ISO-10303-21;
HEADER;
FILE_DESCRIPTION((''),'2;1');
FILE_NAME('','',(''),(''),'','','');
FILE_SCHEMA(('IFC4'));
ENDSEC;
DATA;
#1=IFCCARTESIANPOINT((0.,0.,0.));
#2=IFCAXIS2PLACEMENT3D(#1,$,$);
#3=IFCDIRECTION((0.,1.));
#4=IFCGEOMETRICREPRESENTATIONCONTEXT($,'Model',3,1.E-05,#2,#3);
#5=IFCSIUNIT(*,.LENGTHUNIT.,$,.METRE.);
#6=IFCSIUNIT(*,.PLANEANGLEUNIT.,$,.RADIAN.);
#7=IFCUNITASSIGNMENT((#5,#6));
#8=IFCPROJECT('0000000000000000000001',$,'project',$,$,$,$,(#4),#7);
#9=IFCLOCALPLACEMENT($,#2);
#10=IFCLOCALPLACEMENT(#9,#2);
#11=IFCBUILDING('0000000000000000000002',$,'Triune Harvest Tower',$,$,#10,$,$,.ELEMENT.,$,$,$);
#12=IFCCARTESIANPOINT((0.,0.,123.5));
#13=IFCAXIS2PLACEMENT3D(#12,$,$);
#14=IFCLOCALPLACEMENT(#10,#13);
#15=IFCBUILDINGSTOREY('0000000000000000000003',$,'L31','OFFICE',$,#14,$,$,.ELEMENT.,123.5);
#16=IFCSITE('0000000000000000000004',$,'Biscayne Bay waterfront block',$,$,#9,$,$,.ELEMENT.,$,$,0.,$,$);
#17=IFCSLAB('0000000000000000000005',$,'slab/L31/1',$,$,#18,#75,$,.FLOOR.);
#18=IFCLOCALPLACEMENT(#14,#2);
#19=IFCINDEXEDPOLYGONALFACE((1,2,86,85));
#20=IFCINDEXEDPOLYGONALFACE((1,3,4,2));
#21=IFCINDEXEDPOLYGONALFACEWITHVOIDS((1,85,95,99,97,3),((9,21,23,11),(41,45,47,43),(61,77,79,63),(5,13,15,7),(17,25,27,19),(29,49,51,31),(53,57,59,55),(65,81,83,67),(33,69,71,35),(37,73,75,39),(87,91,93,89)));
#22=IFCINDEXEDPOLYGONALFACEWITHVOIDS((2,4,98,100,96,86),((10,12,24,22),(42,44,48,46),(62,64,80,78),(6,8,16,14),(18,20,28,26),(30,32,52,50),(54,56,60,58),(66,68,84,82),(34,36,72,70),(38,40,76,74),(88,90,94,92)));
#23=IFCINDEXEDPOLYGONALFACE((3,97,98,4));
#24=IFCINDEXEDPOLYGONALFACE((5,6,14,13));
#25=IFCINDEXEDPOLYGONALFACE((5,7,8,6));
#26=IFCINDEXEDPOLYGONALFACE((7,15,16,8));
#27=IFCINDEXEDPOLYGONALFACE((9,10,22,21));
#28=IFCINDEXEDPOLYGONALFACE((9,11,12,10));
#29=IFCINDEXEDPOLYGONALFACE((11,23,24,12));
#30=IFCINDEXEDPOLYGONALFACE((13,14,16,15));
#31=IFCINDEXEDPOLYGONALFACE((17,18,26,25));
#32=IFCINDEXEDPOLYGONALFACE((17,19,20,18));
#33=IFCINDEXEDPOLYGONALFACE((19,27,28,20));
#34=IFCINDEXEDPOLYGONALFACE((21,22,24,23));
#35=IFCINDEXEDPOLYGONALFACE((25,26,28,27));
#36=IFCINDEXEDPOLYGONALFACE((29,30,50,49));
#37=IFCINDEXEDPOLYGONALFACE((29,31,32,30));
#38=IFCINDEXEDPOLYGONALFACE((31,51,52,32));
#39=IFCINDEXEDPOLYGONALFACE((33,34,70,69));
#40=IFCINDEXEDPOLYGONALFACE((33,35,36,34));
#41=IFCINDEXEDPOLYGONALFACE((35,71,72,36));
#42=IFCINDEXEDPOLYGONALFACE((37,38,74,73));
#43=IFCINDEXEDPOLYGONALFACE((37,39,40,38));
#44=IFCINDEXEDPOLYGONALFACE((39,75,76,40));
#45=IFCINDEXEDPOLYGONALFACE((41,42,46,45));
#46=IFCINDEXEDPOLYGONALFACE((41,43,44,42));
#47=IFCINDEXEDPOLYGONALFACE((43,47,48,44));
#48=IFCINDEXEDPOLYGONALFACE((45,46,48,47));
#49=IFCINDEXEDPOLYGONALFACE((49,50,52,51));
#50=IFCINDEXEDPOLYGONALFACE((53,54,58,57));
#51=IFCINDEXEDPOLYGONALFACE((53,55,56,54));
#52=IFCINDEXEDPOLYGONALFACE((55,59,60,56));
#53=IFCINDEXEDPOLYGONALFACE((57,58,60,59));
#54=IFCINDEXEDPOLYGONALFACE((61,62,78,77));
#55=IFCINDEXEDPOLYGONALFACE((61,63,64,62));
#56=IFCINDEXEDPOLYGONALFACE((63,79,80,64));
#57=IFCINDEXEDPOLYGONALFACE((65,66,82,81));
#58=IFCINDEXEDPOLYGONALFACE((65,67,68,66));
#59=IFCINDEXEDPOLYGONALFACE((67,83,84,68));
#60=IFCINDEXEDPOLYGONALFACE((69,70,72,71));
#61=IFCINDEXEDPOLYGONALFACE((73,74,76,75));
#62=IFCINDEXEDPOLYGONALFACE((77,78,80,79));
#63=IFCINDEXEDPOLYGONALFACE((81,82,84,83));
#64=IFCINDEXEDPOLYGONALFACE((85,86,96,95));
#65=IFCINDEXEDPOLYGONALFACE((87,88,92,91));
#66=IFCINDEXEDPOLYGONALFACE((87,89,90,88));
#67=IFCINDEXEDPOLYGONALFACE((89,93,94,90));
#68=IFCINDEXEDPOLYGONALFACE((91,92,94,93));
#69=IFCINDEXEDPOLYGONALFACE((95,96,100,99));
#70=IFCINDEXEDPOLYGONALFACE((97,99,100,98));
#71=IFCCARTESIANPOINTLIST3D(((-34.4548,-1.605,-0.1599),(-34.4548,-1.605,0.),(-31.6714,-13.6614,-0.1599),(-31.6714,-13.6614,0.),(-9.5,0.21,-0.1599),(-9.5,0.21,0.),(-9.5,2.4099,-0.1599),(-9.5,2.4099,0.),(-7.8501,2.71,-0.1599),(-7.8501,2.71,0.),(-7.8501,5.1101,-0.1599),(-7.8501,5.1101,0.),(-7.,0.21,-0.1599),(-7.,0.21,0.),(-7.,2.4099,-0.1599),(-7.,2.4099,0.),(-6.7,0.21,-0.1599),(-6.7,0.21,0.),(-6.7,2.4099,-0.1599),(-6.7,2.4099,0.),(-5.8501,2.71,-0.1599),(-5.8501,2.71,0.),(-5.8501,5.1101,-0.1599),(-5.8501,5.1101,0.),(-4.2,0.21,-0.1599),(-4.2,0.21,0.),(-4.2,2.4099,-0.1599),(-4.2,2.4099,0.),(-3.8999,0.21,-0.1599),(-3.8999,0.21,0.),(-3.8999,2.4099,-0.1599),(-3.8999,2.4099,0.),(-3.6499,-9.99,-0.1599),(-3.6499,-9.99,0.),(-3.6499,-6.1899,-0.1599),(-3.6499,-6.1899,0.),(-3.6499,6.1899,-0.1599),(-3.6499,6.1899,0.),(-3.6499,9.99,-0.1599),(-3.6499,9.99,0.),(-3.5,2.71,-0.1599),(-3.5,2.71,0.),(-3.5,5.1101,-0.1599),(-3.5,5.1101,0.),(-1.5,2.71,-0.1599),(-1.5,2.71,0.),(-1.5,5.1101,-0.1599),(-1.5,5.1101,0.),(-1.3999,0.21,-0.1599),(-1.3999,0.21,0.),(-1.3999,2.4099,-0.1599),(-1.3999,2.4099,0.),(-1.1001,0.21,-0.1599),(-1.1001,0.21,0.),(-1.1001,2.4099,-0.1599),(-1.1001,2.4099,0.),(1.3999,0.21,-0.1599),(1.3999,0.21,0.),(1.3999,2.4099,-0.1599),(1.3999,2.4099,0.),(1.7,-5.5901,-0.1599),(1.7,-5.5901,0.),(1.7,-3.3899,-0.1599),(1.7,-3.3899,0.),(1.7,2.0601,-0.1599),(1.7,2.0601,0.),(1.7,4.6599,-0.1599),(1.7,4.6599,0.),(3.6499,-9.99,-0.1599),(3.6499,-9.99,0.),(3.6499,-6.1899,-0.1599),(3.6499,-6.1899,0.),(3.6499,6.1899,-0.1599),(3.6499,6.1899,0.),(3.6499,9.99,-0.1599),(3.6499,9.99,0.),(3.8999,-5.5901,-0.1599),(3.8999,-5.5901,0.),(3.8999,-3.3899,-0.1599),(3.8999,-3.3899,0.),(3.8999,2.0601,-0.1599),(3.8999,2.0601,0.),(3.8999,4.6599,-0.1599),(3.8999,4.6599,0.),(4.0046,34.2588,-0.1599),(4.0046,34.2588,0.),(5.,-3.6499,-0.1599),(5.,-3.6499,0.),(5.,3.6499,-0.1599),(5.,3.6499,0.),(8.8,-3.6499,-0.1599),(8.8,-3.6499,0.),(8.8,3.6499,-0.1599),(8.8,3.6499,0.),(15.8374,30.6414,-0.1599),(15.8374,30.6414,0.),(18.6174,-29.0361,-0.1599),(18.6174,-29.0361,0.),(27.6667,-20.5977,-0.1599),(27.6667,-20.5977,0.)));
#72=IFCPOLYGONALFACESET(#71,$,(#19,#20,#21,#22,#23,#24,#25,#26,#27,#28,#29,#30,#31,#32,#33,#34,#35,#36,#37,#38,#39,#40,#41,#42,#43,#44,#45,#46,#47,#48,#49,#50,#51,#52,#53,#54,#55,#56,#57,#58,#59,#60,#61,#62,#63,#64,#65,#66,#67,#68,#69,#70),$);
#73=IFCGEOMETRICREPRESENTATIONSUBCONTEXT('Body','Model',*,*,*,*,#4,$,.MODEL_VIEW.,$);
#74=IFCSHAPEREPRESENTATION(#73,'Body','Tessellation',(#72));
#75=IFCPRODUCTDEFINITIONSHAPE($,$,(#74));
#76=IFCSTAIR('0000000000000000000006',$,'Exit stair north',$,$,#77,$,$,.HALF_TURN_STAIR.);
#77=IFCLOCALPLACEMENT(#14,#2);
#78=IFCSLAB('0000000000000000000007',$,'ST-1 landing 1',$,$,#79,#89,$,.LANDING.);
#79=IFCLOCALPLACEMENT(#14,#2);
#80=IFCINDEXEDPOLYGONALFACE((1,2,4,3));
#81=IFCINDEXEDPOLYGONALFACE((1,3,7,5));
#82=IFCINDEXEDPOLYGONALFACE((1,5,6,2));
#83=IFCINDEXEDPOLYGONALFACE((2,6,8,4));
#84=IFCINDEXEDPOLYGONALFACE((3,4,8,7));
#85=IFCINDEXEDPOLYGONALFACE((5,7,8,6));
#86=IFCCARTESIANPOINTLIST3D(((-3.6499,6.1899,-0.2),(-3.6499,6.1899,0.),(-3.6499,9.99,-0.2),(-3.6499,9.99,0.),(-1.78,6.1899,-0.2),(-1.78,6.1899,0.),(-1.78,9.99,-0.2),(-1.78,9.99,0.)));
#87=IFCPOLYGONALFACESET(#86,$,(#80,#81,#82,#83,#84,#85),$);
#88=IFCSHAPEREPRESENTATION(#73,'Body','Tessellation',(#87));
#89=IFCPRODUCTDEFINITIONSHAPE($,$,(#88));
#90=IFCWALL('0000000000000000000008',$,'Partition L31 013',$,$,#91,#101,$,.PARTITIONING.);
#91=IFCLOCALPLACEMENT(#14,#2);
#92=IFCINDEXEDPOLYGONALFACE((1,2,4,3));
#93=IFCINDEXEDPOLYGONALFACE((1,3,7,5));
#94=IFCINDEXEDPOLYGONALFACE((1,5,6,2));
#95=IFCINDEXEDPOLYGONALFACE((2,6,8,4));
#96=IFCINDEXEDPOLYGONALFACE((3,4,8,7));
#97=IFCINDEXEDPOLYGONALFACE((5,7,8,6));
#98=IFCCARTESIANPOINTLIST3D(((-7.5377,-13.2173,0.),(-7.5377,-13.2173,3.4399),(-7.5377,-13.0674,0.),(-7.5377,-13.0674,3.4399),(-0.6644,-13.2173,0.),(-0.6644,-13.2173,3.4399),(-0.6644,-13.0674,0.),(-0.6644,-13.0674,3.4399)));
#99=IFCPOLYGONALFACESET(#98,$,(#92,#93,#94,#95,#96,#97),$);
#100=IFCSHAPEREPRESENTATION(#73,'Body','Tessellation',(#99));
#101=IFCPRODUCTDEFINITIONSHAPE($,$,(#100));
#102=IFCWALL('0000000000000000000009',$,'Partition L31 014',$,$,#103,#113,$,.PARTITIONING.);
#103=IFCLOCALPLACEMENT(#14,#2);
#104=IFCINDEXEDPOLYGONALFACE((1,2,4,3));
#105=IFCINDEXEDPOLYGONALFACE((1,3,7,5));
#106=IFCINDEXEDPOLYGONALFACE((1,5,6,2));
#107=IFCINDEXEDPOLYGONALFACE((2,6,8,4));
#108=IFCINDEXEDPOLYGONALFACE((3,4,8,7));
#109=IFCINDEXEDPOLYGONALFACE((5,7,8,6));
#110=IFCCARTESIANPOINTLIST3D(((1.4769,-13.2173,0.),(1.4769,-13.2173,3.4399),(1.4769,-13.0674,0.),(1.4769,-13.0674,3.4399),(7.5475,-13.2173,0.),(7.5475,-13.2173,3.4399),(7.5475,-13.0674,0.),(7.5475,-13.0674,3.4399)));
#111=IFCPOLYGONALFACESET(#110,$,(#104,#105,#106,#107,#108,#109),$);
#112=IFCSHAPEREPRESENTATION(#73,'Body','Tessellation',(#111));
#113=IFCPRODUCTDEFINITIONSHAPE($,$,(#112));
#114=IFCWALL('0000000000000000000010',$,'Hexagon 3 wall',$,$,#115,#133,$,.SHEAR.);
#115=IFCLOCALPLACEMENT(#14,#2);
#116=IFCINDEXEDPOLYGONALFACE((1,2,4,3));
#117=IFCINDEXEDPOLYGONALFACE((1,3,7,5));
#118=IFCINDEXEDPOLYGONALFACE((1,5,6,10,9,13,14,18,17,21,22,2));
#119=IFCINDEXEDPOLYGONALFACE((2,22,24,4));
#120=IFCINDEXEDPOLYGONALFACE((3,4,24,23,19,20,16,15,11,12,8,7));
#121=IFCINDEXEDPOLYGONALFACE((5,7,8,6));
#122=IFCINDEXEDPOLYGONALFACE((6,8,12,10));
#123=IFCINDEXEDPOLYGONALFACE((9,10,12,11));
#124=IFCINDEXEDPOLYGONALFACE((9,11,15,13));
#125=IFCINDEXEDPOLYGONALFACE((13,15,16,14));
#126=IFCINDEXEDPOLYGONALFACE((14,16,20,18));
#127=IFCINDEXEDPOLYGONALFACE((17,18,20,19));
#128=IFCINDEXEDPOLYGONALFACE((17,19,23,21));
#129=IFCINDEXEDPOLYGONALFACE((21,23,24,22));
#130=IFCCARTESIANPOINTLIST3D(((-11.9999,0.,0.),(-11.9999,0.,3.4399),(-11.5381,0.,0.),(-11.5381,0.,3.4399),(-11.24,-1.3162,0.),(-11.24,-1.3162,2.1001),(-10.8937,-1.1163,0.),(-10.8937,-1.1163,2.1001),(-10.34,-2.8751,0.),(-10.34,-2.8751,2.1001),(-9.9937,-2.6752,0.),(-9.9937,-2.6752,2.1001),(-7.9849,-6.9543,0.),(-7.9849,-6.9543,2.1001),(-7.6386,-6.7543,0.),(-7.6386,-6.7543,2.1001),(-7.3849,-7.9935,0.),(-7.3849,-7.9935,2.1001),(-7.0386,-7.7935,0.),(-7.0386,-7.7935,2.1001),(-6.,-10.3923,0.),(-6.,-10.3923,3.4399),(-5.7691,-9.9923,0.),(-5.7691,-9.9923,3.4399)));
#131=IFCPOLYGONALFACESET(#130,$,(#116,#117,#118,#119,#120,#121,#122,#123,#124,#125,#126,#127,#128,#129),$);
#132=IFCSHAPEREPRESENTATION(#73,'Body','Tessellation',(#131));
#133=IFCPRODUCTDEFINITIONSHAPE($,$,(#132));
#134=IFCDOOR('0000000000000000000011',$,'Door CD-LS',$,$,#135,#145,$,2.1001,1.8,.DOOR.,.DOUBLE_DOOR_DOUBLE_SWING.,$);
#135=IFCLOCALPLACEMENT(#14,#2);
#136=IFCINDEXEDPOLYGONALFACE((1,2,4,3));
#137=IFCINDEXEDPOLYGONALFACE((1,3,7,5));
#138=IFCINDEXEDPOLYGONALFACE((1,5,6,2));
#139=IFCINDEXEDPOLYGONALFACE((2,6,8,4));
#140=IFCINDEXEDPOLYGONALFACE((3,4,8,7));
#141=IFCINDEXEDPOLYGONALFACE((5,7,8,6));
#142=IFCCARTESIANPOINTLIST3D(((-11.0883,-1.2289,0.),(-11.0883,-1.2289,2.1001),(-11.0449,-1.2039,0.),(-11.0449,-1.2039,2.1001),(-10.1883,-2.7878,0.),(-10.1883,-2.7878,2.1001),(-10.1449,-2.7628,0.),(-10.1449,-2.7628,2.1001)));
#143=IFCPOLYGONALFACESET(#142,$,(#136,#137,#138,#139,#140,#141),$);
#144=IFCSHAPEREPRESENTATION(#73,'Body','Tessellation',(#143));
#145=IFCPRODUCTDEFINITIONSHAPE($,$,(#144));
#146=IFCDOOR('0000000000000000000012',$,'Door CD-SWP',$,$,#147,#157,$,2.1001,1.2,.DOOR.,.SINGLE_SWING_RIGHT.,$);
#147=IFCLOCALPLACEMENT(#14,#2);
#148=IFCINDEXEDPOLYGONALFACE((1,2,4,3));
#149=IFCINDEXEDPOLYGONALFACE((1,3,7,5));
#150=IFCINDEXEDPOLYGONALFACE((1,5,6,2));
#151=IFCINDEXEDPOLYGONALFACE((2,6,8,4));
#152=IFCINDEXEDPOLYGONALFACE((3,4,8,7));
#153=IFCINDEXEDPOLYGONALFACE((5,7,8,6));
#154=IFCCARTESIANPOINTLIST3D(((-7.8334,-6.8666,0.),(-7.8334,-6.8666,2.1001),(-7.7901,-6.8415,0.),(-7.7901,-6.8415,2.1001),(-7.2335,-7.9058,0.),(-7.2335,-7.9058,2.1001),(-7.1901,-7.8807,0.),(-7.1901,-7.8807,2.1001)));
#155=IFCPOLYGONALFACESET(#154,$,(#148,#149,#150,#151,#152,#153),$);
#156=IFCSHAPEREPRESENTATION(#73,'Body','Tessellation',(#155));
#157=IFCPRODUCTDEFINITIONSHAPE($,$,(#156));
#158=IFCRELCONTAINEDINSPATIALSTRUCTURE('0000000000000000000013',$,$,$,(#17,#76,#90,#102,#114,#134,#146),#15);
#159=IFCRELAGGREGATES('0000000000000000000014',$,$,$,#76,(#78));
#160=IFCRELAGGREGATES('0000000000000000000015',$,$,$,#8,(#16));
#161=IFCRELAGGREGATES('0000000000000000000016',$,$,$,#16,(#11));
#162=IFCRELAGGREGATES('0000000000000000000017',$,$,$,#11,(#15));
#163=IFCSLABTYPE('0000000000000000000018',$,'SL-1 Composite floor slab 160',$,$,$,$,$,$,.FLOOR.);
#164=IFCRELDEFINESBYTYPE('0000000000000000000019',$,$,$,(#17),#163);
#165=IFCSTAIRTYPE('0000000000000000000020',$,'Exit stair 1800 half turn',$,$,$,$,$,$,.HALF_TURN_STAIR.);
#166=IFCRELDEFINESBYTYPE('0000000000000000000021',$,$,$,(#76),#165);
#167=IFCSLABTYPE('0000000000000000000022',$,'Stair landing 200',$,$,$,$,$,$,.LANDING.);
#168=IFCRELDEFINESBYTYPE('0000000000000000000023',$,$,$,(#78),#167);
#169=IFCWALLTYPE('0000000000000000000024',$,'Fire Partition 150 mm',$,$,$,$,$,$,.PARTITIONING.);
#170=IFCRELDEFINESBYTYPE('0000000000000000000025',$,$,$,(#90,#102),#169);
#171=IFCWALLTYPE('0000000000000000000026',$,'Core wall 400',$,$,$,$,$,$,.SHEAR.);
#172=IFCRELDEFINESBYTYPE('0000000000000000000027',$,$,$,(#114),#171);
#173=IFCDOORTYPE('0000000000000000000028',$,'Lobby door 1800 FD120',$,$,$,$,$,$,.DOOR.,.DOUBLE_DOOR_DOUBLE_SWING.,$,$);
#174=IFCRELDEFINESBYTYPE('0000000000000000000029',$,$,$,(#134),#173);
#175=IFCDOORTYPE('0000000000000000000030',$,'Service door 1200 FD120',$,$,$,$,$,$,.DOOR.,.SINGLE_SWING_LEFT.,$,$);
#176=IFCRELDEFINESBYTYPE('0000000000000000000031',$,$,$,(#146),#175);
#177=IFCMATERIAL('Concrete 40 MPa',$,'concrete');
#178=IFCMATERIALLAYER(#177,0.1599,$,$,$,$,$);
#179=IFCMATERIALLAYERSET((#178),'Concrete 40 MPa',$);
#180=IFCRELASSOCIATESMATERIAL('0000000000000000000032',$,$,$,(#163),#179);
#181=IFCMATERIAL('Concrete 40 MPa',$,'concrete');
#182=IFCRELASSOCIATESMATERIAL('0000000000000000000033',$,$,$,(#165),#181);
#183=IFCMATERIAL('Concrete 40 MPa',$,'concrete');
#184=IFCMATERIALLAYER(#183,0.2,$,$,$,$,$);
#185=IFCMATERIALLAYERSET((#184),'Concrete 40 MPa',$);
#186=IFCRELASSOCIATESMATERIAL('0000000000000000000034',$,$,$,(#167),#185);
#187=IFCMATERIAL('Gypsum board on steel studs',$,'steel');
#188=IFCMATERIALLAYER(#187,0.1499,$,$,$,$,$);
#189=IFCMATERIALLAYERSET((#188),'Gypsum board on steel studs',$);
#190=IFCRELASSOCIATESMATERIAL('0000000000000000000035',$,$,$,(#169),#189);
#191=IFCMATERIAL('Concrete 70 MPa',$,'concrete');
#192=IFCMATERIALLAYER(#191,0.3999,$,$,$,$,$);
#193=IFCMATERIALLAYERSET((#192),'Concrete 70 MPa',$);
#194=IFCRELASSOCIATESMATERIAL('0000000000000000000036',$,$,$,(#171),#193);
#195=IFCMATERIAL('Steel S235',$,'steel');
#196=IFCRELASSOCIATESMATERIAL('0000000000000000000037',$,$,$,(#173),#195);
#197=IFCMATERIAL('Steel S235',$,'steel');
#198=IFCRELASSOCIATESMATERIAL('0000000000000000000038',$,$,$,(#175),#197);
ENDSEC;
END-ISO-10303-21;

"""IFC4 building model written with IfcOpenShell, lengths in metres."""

from ifc_helpers import new_model, si_unit, direction, frame, frame_2d, origin, place, context, subcontext, project, spatial, polyline, rectangle, outline, extrude, source, transform, mapped, material, layer, layer_set, type_object, element, fill, aggregate, save


model = new_model("IFC4")

# Units and contexts
model_context = context("Model", 3, precision=1e-05, world=origin(), true_north=direction((0.0, 1.0)))
body_context = subcontext(model_context, "Body", "Model", "MODEL_VIEW")
ifc_project = project(units=[si_unit("LENGTHUNIT", "METRE"), si_unit("PLANEANGLEUNIT", "RADIAN")], contexts=[model_context])

# Site, building, storey
site_placement = place(None, origin())
site = spatial("IfcSite", under=ifc_project, at=site_placement, Name="Biscayne Bay waterfront block", CompositionType="ELEMENT", RefElevation=0.0)
building_placement = place(site_placement, origin())
building = spatial("IfcBuilding", under=site, at=building_placement, Name="Triune Harvest Tower", CompositionType="ELEMENT")
storey_placement = place(building_placement, frame((0.0, 0.0, 123.5)))
storey = spatial("IfcBuildingStorey", under=building, at=storey_placement, Name="L31", Description="OFFICE", CompositionType="ELEMENT", Elevation=123.5)

# Slab
ifc_material_1 = material(Name="Concrete 40 MPa", Category="concrete")
ifc_layer_1 = layer(ifc_material_1, 0.1599)
ifc_layer_set_1 = layer_set([ifc_layer_1], Name="Concrete 40 MPa")
slab_type_1 = type_object("IfcSlabType", Name="SL-1 Composite floor slab 160", PredefinedType="FLOOR", material=ifc_layer_set_1)
shared_shape_1 = source(origin(), body_context, "Body", "SweptSolid", [
    extrude(outline(polyline([(27.6667, -20.5977), (15.8374, 30.6414), (4.0046, 34.2588), (-34.4548, -1.605), (-31.6714, -13.6614), (18.6174, -29.0361), (27.6667, -20.5977)]), holes=[polyline([(-7.0, 0.21), (-7.0, 2.4099), (-9.5, 2.4099), (-9.5, 0.21), (-7.0, 0.21)]), polyline([(-4.2, 0.21), (-4.2, 2.4099), (-6.7, 2.4099), (-6.7, 0.21), (-4.2, 0.21)]), polyline([(-1.3999, 0.21), (-1.3999, 2.4099), (-3.8999, 2.4099), (-3.8999, 0.21), (-1.3999, 0.21)]), polyline([(1.3999, 0.21), (1.3999, 2.4099), (-1.1001, 2.4099), (-1.1001, 0.21), (1.3999, 0.21)]), polyline([(3.8999, 2.0601), (3.8999, 4.6599), (1.7, 4.6599), (1.7, 2.0601), (3.8999, 2.0601)]), polyline([(3.8999, -5.5901), (3.8999, -3.3899), (1.7, -3.3899), (1.7, -5.5901), (3.8999, -5.5901)]), polyline([(-5.8501, 2.71), (-5.8501, 5.1101), (-7.8501, 5.1101), (-7.8501, 2.71), (-5.8501, 2.71)]), polyline([(-1.5, 2.71), (-1.5, 5.1101), (-3.5, 5.1101), (-3.5, 2.71), (-1.5, 2.71)]), polyline([(3.6499, 6.1899), (3.6499, 9.99), (-3.6499, 9.99), (-3.6499, 6.1899), (3.6499, 6.1899)]), polyline([(3.6499, -9.99), (3.6499, -6.1899), (-3.6499, -6.1899), (-3.6499, -9.99), (3.6499, -9.99)]), polyline([(8.8, -3.6499), (8.8, 3.6499), (5.0, 3.6499), (5.0, -3.6499), (8.8, -3.6499)])]), origin(), (0.0, 0.0, 1.0), 0.1599),
])
slab_1_placement = place(storey_placement, frame((0.0, 0.0, -0.1599)))
element("IfcSlab", 1, at=slab_1_placement, inside=storey, type_object=slab_type_1, Name="slab/L31/1", PredefinedType="FLOOR", context=body_context, shape_type="MappedRepresentation", body=[
    mapped(shared_shape_1, transform((0.0, 0.0, 0.0), scale=1.0)),
])

# Stair, slab
ifc_material_2 = material(Name="Concrete 40 MPa", Category="concrete")
stair_type = type_object("IfcStairType", Name="Exit stair 1800 half turn", PredefinedType="HALF_TURN_STAIR", material=ifc_material_2)
stair_1_placement = place(storey_placement, origin())
stair_1 = element("IfcStair", 2, at=stair_1_placement, inside=storey, type_object=stair_type, Name="Exit stair north", PredefinedType="HALF_TURN_STAIR")
ifc_material_3 = material(Name="Concrete 40 MPa", Category="concrete")
ifc_layer_2 = layer(ifc_material_3, 0.2)
ifc_layer_set_2 = layer_set([ifc_layer_2], Name="Concrete 40 MPa")
slab_type_2 = type_object("IfcSlabType", Name="Stair landing 200", PredefinedType="LANDING", material=ifc_layer_set_2)
shared_shape_2 = source(origin(), body_context, "Body", "SweptSolid", [
    extrude(outline(polyline([(-3.6499, 6.1899), (-1.78, 6.1899), (-1.78, 9.99), (-3.6499, 9.99), (-3.6499, 6.1899)])), origin(), (0.0, 0.0, 1.0), 0.2),
])
slab_2_placement = place(storey_placement, frame((0.0, 0.0, -0.2)))
slab_2 = element("IfcSlab", 3, at=slab_2_placement, type_object=slab_type_2, Name="ST-1 landing 1", PredefinedType="LANDING", context=body_context, shape_type="MappedRepresentation", body=[
    mapped(shared_shape_2, transform((0.0, 0.0, 0.0), scale=1.0)),
])
aggregate(stair_1, [slab_2])

# Walls
ifc_material_4 = material(Name="Gypsum board on steel studs", Category="steel")
ifc_layer_3 = layer(ifc_material_4, 0.1499)
ifc_layer_set_3 = layer_set([ifc_layer_3], Name="Gypsum board on steel studs")
wall_type_1 = type_object("IfcWallType", Name="Fire Partition 150 mm", PredefinedType="PARTITIONING", material=ifc_layer_set_3)
wall_1_placement = place(storey_placement, frame((-7.5376, -13.1423, 0.0), z_axis=(0.0, 0.0, 1.0), x_axis=(1.0, 0.0, 0.0)))
element("IfcWall", 4, at=wall_1_placement, inside=storey, type_object=wall_type_1, Name="Partition L31 013", PredefinedType="PARTITIONING", context=body_context, shape_type="SweptSolid", body=[
    extrude(rectangle(XDim=6.8733, YDim=0.1499, at=frame_2d((3.4365, 0.0))), origin(), (0.0, 0.0, 1.0), 3.4399),
])
wall_2_placement = place(storey_placement, frame((1.4771, -13.1423, 0.0), z_axis=(0.0, 0.0, 1.0), x_axis=(1.0, 0.0, 0.0)))
element("IfcWall", 5, at=wall_2_placement, inside=storey, type_object=wall_type_1, Name="Partition L31 014", PredefinedType="PARTITIONING", context=body_context, shape_type="SweptSolid", body=[
    extrude(rectangle(XDim=6.0706, YDim=0.1499, at=frame_2d((3.0352, 0.0))), origin(), (0.0, 0.0, 1.0), 3.4399),
])

# Wall, openings, doors
ifc_material_5 = material(Name="Concrete 70 MPa", Category="concrete")
ifc_layer_4 = layer(ifc_material_5, 0.3999)
ifc_layer_set_4 = layer_set([ifc_layer_4], Name="Concrete 70 MPa")
wall_type_2 = type_object("IfcWallType", Name="Core wall 400", PredefinedType="SHEAR", material=ifc_layer_set_4)
shared_shape_3 = source(origin(), body_context, "Body", "SweptSolid", [
    extrude(outline(polyline([(-0.1155, -0.2), (11.8845, -0.2), (11.6536, 0.2), (0.1155, 0.2), (-0.1155, -0.2)])), origin(), (0.0, 0.0, 1.0), 3.4399),
])
wall_3_placement = place(storey_placement, frame((-11.769, 0.0, 0.0), z_axis=(0.0, 0.0, 1.0), x_axis=(0.499997, -0.866027, 0.0)))
wall_3 = element("IfcWall", 6, at=wall_3_placement, inside=storey, type_object=wall_type_2, Name="Hexagon 3 wall", PredefinedType="SHEAR", context=body_context, shape_type="MappedRepresentation", body=[
    mapped(shared_shape_3, transform((0.0, 0.0, 0.0), scale=1.0)),
])
opening_1_placement = place(wall_3_placement, frame((1.4045, 0.0, 0.0)))
opening_1 = element("IfcOpeningElement", 7, at=opening_1_placement, cuts=wall_3, PredefinedType="OPENING", context=body_context, shape_type="SweptSolid", body=[
    extrude(rectangle(XDim=1.8, YDim=2.1001, at=frame_2d((0.8999, 1.05))), frame((0.0, 0.21, 0.0), z_axis=(0.0, -1.0, 0.0), x_axis=(1.0, 0.0, 0.0)), (0.0, 0.0, 1.0), 0.4199),
])
opening_2_placement = place(wall_3_placement, frame((7.9146, 0.0, 0.0)))
opening_2 = element("IfcOpeningElement", 8, at=opening_2_placement, cuts=wall_3, PredefinedType="OPENING", context=body_context, shape_type="SweptSolid", body=[
    extrude(rectangle(XDim=1.2, YDim=2.1001, at=frame_2d((0.6001, 1.05))), frame((0.0, 0.21, 0.0), z_axis=(0.0, -1.0, 0.0), x_axis=(1.0, 0.0, 0.0)), (0.0, 0.0, 1.0), 0.4199),
])
ifc_material_6 = material(Name="Steel S235", Category="steel")
door_type_1 = type_object("IfcDoorType", Name="Lobby door 1800 FD120", OperationType="DOUBLE_DOOR_DOUBLE_SWING", PredefinedType="DOOR", material=ifc_material_6)
door_1_placement = place(opening_1_placement, frame((1.8, 0.0, 0.0), z_axis=(0.0, 0.0, 1.0), x_axis=(-1.0, 0.0, 0.0)))
door_1 = element("IfcDoor", 9, at=door_1_placement, inside=storey, type_object=door_type_1, Name="Door CD-LS", OperationType="DOUBLE_DOOR_DOUBLE_SWING", OverallHeight=2.1001, OverallWidth=1.8, PredefinedType="DOOR", context=body_context, shape_type="SweptSolid", body=[
    extrude(rectangle(XDim=1.8, YDim=2.1001, at=frame_2d((0.8999, 1.05))), frame((0.0, 0.0249, 0.0), z_axis=(0.0, -1.0, 0.0), x_axis=(1.0, 0.0, 0.0)), (0.0, 0.0, 1.0), 0.05),
])
fill(opening_1, door_1)
ifc_material_7 = material(Name="Steel S235", Category="steel")
door_type_2 = type_object("IfcDoorType", Name="Service door 1200 FD120", OperationType="SINGLE_SWING_LEFT", PredefinedType="DOOR", material=ifc_material_7)
door_2_placement = place(opening_2_placement, frame((1.2, 0.0, 0.0), z_axis=(0.0, 0.0, 1.0), x_axis=(-1.0, 0.0, 0.0)))
door_2 = element("IfcDoor", 10, at=door_2_placement, inside=storey, type_object=door_type_2, Name="Door CD-SWP", OperationType="SINGLE_SWING_RIGHT", OverallHeight=2.1001, OverallWidth=1.2, PredefinedType="DOOR", context=body_context, shape_type="SweptSolid", body=[
    extrude(rectangle(XDim=1.2, YDim=2.1001, at=frame_2d((0.6001, 1.05))), frame((0.0, 0.0249, 0.0), z_axis=(0.0, -1.0, 0.0), x_axis=(1.0, 0.0, 0.0)), (0.0, 0.0, 1.0), 0.05),
])
fill(opening_2, door_2)

save(model, "model.ifc")
